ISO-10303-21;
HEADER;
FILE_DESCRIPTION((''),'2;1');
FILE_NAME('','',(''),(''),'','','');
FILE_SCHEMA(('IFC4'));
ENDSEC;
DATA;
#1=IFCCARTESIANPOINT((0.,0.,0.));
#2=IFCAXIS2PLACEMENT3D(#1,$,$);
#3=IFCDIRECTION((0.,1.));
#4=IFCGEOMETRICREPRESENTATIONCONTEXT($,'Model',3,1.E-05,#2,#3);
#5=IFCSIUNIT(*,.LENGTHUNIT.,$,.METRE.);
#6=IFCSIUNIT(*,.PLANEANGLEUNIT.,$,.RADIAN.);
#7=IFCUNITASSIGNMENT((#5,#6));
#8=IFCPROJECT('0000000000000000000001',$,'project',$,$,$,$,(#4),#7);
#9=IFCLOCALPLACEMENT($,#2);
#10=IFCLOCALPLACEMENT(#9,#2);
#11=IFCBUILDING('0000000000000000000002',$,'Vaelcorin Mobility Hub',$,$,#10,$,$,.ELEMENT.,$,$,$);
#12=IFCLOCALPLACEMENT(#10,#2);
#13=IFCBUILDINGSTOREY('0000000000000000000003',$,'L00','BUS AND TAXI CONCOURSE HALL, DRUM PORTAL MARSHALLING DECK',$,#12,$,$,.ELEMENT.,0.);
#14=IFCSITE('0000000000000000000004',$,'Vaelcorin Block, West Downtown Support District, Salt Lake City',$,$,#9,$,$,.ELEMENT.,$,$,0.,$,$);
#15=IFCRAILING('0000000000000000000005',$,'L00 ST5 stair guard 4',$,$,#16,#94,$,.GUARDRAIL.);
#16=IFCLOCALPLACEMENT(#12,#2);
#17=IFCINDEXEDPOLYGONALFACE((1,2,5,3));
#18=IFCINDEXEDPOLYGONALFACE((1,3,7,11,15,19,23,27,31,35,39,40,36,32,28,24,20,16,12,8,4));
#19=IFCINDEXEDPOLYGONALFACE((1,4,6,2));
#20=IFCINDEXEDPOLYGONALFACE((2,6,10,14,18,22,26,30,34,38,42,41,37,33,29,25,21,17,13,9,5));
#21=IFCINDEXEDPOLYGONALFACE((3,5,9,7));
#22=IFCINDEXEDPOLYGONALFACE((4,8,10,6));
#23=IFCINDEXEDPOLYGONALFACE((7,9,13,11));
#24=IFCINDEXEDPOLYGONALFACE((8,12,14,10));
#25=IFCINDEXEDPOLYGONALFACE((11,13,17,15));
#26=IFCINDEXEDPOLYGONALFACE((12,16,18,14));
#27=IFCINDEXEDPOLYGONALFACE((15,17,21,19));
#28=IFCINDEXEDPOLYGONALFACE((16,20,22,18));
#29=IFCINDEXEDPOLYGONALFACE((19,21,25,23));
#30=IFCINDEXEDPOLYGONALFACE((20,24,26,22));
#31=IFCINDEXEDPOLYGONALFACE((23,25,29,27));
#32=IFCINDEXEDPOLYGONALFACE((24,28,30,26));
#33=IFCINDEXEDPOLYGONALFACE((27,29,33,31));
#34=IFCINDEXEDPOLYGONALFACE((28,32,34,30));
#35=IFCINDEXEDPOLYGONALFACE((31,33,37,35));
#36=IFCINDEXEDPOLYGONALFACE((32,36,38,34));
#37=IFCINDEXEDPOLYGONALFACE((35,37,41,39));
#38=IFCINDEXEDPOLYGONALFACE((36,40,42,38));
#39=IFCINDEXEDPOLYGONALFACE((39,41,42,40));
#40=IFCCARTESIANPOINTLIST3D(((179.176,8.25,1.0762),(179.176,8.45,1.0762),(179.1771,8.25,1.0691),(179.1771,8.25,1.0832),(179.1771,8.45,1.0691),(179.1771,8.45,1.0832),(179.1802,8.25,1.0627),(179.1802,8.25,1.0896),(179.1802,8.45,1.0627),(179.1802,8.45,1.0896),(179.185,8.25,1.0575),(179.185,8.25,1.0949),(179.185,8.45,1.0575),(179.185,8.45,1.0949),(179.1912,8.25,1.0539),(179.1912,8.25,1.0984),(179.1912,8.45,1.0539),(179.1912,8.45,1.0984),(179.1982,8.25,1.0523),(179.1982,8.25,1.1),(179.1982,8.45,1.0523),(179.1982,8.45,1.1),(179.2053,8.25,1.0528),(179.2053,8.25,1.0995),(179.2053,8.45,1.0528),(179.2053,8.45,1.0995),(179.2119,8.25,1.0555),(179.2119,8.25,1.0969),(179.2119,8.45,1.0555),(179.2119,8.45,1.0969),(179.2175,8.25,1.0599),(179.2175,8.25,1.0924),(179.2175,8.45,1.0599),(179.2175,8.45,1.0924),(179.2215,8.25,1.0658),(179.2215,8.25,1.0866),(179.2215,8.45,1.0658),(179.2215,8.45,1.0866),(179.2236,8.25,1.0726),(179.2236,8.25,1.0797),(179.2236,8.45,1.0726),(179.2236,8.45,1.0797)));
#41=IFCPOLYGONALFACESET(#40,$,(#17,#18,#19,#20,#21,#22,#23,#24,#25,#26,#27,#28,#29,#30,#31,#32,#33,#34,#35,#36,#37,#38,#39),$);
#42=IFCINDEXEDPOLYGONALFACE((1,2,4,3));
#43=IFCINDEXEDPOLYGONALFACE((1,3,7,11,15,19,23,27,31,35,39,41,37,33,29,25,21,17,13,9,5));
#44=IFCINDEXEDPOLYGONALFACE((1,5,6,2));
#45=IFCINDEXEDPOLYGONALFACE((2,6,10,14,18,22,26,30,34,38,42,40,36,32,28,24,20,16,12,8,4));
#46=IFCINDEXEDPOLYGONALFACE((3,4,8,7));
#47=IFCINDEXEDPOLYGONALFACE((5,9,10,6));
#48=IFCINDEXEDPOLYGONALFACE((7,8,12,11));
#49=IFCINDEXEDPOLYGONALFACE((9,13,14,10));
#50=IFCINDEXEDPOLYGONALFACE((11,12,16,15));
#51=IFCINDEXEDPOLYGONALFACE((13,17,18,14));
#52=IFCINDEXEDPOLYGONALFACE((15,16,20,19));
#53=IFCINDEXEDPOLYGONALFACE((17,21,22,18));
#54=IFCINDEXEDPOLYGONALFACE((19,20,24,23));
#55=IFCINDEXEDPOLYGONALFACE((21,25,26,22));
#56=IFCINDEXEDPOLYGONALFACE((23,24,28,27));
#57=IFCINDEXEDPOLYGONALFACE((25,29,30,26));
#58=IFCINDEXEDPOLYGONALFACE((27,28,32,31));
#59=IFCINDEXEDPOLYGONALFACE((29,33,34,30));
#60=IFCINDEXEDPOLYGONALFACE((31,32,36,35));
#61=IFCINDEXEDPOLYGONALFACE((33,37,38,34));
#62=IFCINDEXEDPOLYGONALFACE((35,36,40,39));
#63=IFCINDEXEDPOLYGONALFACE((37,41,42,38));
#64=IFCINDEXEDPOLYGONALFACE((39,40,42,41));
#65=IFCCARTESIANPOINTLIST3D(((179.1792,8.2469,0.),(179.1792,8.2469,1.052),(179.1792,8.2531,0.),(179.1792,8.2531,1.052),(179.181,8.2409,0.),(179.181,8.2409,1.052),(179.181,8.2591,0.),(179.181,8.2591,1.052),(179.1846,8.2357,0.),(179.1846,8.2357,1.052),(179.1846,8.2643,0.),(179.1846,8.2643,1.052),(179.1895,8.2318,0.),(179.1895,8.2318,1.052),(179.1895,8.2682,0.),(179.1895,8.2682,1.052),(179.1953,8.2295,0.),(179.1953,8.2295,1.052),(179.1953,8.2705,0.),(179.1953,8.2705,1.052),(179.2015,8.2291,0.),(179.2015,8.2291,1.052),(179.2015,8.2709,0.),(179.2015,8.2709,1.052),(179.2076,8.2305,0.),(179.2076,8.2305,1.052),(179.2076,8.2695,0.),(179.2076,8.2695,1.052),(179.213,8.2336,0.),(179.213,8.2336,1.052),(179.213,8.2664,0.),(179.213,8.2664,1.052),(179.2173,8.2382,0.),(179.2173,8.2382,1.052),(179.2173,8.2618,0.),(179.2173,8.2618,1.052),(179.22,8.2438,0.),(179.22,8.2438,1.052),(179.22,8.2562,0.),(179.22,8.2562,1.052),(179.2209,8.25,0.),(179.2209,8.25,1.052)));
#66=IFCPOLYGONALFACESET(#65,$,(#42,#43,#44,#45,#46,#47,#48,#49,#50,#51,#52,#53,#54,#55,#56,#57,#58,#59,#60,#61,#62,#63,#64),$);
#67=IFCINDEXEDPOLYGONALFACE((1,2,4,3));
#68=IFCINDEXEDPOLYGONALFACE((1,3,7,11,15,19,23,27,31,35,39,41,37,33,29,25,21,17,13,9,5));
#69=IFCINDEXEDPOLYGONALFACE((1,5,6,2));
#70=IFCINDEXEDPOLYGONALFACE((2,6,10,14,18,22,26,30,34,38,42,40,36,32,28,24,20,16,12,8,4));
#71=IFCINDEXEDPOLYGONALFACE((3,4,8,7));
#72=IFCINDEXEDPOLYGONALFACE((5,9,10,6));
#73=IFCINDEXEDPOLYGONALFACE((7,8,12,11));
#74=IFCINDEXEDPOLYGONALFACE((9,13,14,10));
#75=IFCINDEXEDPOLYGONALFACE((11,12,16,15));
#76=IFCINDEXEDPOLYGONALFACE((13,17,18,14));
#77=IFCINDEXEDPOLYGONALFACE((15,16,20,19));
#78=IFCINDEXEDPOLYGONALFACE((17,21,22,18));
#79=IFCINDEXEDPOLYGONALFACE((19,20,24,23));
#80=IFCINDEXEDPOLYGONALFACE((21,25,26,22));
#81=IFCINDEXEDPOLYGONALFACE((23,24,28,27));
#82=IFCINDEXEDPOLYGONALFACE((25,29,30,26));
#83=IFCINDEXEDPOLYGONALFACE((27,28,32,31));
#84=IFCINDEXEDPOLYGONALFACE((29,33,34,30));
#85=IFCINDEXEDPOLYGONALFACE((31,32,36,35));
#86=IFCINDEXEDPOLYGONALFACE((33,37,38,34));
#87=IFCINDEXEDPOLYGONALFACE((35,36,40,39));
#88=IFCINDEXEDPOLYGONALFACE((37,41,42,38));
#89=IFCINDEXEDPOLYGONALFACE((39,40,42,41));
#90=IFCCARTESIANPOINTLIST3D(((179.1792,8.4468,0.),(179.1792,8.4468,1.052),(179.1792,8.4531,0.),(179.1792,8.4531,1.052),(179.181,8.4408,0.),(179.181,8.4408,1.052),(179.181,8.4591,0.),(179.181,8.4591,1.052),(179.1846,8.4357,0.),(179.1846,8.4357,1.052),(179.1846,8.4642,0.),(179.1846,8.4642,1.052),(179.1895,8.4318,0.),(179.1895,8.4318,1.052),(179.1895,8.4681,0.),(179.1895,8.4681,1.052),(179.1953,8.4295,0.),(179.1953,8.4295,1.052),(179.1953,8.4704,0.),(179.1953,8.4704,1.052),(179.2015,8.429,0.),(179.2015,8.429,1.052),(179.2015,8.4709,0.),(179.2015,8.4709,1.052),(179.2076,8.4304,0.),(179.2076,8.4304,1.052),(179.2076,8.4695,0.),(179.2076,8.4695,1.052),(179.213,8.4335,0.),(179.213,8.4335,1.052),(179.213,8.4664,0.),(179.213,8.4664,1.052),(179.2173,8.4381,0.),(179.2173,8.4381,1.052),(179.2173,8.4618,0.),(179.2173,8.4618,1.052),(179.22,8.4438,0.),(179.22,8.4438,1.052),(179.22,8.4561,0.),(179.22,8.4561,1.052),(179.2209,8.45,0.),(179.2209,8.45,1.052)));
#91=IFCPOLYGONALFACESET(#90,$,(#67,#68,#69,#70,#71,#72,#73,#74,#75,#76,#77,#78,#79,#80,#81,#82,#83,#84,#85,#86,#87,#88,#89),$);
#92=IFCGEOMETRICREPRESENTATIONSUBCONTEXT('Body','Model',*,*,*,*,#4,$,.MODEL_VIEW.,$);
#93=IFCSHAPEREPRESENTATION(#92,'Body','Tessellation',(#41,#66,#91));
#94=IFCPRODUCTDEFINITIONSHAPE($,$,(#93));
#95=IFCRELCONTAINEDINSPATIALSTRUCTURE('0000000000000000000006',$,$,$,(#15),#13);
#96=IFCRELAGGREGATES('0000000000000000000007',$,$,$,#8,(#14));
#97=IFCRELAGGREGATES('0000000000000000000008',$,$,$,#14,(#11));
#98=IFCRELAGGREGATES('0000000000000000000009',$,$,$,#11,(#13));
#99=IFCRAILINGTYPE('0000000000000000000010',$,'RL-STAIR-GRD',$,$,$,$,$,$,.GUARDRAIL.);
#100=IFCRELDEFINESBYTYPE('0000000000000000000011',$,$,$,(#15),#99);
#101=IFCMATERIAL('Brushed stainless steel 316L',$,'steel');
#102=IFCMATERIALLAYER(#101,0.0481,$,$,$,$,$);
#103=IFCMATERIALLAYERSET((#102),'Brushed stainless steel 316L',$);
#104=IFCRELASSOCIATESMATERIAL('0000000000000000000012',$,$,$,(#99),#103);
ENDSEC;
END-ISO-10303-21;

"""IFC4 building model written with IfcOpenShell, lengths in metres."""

from ifc_helpers import new_model, si_unit, direction, frame, origin, origin_2d, place, context, subcontext, project, spatial, circle, extrude, material, layer, layer_set, type_object, element, save


model = new_model("IFC4")

# Units and contexts
model_context = context("Model", 3, precision=1e-05, world=origin(), true_north=direction((0.0, 1.0)))
body_context = subcontext(model_context, "Body", "Model", "MODEL_VIEW")
ifc_project = project(units=[si_unit("LENGTHUNIT", "METRE"), si_unit("PLANEANGLEUNIT", "RADIAN")], contexts=[model_context])

# Site, building, storey
site_placement = place(None, origin())
site = spatial("IfcSite", under=ifc_project, at=site_placement, Name="Vaelcorin Block, West Downtown Support District, Salt Lake City", CompositionType="ELEMENT", RefElevation=0.0)
building_placement = place(site_placement, origin())
building = spatial("IfcBuilding", under=site, at=building_placement, Name="Vaelcorin Mobility Hub", CompositionType="ELEMENT")
storey_placement = place(building_placement, origin())
storey = spatial("IfcBuildingStorey", under=building, at=storey_placement, Name="L00", Description="BUS AND TAXI CONCOURSE HALL, DRUM PORTAL MARSHALLING DECK", CompositionType="ELEMENT", Elevation=0.0)

# Railing
ifc_material_1 = material(Name="Brushed stainless steel 316L", Category="steel")
ifc_layer_1 = layer(ifc_material_1, 0.0481)
ifc_layer_set_1 = layer_set([ifc_layer_1], Name="Brushed stainless steel 316L")
railing_type_1 = type_object("IfcRailingType", Name="RL-STAIR-GRD", PredefinedType="GUARDRAIL", material=ifc_layer_set_1)
railing_1_placement = place(storey_placement, frame((179.2, 8.25, 0.0)))
element("IfcRailing", 1, at=railing_1_placement, inside=storey, type_object=railing_type_1, Name="L00 ST5 stair guard 4", PredefinedType="GUARDRAIL", context=body_context, shape_type="SweptSolid", body=[
    extrude(circle(Radius=0.0239, at=origin_2d()), frame((0.0, 0.0, 1.0762), z_axis=(0.0, 1.0, 0.0), x_axis=(-1.0, 0.0, 0.0)), (0.0, 0.0, 1.0), 0.2),
    extrude(circle(Radius=0.021, at=origin_2d()), origin(), (0.0, 0.0, 1.0), 1.052),
    extrude(circle(Radius=0.021, at=origin_2d()), frame((0.0, 0.2, 0.0)), (0.0, 0.0, 1.0), 1.052),
])

save(model, "model.ifc")
